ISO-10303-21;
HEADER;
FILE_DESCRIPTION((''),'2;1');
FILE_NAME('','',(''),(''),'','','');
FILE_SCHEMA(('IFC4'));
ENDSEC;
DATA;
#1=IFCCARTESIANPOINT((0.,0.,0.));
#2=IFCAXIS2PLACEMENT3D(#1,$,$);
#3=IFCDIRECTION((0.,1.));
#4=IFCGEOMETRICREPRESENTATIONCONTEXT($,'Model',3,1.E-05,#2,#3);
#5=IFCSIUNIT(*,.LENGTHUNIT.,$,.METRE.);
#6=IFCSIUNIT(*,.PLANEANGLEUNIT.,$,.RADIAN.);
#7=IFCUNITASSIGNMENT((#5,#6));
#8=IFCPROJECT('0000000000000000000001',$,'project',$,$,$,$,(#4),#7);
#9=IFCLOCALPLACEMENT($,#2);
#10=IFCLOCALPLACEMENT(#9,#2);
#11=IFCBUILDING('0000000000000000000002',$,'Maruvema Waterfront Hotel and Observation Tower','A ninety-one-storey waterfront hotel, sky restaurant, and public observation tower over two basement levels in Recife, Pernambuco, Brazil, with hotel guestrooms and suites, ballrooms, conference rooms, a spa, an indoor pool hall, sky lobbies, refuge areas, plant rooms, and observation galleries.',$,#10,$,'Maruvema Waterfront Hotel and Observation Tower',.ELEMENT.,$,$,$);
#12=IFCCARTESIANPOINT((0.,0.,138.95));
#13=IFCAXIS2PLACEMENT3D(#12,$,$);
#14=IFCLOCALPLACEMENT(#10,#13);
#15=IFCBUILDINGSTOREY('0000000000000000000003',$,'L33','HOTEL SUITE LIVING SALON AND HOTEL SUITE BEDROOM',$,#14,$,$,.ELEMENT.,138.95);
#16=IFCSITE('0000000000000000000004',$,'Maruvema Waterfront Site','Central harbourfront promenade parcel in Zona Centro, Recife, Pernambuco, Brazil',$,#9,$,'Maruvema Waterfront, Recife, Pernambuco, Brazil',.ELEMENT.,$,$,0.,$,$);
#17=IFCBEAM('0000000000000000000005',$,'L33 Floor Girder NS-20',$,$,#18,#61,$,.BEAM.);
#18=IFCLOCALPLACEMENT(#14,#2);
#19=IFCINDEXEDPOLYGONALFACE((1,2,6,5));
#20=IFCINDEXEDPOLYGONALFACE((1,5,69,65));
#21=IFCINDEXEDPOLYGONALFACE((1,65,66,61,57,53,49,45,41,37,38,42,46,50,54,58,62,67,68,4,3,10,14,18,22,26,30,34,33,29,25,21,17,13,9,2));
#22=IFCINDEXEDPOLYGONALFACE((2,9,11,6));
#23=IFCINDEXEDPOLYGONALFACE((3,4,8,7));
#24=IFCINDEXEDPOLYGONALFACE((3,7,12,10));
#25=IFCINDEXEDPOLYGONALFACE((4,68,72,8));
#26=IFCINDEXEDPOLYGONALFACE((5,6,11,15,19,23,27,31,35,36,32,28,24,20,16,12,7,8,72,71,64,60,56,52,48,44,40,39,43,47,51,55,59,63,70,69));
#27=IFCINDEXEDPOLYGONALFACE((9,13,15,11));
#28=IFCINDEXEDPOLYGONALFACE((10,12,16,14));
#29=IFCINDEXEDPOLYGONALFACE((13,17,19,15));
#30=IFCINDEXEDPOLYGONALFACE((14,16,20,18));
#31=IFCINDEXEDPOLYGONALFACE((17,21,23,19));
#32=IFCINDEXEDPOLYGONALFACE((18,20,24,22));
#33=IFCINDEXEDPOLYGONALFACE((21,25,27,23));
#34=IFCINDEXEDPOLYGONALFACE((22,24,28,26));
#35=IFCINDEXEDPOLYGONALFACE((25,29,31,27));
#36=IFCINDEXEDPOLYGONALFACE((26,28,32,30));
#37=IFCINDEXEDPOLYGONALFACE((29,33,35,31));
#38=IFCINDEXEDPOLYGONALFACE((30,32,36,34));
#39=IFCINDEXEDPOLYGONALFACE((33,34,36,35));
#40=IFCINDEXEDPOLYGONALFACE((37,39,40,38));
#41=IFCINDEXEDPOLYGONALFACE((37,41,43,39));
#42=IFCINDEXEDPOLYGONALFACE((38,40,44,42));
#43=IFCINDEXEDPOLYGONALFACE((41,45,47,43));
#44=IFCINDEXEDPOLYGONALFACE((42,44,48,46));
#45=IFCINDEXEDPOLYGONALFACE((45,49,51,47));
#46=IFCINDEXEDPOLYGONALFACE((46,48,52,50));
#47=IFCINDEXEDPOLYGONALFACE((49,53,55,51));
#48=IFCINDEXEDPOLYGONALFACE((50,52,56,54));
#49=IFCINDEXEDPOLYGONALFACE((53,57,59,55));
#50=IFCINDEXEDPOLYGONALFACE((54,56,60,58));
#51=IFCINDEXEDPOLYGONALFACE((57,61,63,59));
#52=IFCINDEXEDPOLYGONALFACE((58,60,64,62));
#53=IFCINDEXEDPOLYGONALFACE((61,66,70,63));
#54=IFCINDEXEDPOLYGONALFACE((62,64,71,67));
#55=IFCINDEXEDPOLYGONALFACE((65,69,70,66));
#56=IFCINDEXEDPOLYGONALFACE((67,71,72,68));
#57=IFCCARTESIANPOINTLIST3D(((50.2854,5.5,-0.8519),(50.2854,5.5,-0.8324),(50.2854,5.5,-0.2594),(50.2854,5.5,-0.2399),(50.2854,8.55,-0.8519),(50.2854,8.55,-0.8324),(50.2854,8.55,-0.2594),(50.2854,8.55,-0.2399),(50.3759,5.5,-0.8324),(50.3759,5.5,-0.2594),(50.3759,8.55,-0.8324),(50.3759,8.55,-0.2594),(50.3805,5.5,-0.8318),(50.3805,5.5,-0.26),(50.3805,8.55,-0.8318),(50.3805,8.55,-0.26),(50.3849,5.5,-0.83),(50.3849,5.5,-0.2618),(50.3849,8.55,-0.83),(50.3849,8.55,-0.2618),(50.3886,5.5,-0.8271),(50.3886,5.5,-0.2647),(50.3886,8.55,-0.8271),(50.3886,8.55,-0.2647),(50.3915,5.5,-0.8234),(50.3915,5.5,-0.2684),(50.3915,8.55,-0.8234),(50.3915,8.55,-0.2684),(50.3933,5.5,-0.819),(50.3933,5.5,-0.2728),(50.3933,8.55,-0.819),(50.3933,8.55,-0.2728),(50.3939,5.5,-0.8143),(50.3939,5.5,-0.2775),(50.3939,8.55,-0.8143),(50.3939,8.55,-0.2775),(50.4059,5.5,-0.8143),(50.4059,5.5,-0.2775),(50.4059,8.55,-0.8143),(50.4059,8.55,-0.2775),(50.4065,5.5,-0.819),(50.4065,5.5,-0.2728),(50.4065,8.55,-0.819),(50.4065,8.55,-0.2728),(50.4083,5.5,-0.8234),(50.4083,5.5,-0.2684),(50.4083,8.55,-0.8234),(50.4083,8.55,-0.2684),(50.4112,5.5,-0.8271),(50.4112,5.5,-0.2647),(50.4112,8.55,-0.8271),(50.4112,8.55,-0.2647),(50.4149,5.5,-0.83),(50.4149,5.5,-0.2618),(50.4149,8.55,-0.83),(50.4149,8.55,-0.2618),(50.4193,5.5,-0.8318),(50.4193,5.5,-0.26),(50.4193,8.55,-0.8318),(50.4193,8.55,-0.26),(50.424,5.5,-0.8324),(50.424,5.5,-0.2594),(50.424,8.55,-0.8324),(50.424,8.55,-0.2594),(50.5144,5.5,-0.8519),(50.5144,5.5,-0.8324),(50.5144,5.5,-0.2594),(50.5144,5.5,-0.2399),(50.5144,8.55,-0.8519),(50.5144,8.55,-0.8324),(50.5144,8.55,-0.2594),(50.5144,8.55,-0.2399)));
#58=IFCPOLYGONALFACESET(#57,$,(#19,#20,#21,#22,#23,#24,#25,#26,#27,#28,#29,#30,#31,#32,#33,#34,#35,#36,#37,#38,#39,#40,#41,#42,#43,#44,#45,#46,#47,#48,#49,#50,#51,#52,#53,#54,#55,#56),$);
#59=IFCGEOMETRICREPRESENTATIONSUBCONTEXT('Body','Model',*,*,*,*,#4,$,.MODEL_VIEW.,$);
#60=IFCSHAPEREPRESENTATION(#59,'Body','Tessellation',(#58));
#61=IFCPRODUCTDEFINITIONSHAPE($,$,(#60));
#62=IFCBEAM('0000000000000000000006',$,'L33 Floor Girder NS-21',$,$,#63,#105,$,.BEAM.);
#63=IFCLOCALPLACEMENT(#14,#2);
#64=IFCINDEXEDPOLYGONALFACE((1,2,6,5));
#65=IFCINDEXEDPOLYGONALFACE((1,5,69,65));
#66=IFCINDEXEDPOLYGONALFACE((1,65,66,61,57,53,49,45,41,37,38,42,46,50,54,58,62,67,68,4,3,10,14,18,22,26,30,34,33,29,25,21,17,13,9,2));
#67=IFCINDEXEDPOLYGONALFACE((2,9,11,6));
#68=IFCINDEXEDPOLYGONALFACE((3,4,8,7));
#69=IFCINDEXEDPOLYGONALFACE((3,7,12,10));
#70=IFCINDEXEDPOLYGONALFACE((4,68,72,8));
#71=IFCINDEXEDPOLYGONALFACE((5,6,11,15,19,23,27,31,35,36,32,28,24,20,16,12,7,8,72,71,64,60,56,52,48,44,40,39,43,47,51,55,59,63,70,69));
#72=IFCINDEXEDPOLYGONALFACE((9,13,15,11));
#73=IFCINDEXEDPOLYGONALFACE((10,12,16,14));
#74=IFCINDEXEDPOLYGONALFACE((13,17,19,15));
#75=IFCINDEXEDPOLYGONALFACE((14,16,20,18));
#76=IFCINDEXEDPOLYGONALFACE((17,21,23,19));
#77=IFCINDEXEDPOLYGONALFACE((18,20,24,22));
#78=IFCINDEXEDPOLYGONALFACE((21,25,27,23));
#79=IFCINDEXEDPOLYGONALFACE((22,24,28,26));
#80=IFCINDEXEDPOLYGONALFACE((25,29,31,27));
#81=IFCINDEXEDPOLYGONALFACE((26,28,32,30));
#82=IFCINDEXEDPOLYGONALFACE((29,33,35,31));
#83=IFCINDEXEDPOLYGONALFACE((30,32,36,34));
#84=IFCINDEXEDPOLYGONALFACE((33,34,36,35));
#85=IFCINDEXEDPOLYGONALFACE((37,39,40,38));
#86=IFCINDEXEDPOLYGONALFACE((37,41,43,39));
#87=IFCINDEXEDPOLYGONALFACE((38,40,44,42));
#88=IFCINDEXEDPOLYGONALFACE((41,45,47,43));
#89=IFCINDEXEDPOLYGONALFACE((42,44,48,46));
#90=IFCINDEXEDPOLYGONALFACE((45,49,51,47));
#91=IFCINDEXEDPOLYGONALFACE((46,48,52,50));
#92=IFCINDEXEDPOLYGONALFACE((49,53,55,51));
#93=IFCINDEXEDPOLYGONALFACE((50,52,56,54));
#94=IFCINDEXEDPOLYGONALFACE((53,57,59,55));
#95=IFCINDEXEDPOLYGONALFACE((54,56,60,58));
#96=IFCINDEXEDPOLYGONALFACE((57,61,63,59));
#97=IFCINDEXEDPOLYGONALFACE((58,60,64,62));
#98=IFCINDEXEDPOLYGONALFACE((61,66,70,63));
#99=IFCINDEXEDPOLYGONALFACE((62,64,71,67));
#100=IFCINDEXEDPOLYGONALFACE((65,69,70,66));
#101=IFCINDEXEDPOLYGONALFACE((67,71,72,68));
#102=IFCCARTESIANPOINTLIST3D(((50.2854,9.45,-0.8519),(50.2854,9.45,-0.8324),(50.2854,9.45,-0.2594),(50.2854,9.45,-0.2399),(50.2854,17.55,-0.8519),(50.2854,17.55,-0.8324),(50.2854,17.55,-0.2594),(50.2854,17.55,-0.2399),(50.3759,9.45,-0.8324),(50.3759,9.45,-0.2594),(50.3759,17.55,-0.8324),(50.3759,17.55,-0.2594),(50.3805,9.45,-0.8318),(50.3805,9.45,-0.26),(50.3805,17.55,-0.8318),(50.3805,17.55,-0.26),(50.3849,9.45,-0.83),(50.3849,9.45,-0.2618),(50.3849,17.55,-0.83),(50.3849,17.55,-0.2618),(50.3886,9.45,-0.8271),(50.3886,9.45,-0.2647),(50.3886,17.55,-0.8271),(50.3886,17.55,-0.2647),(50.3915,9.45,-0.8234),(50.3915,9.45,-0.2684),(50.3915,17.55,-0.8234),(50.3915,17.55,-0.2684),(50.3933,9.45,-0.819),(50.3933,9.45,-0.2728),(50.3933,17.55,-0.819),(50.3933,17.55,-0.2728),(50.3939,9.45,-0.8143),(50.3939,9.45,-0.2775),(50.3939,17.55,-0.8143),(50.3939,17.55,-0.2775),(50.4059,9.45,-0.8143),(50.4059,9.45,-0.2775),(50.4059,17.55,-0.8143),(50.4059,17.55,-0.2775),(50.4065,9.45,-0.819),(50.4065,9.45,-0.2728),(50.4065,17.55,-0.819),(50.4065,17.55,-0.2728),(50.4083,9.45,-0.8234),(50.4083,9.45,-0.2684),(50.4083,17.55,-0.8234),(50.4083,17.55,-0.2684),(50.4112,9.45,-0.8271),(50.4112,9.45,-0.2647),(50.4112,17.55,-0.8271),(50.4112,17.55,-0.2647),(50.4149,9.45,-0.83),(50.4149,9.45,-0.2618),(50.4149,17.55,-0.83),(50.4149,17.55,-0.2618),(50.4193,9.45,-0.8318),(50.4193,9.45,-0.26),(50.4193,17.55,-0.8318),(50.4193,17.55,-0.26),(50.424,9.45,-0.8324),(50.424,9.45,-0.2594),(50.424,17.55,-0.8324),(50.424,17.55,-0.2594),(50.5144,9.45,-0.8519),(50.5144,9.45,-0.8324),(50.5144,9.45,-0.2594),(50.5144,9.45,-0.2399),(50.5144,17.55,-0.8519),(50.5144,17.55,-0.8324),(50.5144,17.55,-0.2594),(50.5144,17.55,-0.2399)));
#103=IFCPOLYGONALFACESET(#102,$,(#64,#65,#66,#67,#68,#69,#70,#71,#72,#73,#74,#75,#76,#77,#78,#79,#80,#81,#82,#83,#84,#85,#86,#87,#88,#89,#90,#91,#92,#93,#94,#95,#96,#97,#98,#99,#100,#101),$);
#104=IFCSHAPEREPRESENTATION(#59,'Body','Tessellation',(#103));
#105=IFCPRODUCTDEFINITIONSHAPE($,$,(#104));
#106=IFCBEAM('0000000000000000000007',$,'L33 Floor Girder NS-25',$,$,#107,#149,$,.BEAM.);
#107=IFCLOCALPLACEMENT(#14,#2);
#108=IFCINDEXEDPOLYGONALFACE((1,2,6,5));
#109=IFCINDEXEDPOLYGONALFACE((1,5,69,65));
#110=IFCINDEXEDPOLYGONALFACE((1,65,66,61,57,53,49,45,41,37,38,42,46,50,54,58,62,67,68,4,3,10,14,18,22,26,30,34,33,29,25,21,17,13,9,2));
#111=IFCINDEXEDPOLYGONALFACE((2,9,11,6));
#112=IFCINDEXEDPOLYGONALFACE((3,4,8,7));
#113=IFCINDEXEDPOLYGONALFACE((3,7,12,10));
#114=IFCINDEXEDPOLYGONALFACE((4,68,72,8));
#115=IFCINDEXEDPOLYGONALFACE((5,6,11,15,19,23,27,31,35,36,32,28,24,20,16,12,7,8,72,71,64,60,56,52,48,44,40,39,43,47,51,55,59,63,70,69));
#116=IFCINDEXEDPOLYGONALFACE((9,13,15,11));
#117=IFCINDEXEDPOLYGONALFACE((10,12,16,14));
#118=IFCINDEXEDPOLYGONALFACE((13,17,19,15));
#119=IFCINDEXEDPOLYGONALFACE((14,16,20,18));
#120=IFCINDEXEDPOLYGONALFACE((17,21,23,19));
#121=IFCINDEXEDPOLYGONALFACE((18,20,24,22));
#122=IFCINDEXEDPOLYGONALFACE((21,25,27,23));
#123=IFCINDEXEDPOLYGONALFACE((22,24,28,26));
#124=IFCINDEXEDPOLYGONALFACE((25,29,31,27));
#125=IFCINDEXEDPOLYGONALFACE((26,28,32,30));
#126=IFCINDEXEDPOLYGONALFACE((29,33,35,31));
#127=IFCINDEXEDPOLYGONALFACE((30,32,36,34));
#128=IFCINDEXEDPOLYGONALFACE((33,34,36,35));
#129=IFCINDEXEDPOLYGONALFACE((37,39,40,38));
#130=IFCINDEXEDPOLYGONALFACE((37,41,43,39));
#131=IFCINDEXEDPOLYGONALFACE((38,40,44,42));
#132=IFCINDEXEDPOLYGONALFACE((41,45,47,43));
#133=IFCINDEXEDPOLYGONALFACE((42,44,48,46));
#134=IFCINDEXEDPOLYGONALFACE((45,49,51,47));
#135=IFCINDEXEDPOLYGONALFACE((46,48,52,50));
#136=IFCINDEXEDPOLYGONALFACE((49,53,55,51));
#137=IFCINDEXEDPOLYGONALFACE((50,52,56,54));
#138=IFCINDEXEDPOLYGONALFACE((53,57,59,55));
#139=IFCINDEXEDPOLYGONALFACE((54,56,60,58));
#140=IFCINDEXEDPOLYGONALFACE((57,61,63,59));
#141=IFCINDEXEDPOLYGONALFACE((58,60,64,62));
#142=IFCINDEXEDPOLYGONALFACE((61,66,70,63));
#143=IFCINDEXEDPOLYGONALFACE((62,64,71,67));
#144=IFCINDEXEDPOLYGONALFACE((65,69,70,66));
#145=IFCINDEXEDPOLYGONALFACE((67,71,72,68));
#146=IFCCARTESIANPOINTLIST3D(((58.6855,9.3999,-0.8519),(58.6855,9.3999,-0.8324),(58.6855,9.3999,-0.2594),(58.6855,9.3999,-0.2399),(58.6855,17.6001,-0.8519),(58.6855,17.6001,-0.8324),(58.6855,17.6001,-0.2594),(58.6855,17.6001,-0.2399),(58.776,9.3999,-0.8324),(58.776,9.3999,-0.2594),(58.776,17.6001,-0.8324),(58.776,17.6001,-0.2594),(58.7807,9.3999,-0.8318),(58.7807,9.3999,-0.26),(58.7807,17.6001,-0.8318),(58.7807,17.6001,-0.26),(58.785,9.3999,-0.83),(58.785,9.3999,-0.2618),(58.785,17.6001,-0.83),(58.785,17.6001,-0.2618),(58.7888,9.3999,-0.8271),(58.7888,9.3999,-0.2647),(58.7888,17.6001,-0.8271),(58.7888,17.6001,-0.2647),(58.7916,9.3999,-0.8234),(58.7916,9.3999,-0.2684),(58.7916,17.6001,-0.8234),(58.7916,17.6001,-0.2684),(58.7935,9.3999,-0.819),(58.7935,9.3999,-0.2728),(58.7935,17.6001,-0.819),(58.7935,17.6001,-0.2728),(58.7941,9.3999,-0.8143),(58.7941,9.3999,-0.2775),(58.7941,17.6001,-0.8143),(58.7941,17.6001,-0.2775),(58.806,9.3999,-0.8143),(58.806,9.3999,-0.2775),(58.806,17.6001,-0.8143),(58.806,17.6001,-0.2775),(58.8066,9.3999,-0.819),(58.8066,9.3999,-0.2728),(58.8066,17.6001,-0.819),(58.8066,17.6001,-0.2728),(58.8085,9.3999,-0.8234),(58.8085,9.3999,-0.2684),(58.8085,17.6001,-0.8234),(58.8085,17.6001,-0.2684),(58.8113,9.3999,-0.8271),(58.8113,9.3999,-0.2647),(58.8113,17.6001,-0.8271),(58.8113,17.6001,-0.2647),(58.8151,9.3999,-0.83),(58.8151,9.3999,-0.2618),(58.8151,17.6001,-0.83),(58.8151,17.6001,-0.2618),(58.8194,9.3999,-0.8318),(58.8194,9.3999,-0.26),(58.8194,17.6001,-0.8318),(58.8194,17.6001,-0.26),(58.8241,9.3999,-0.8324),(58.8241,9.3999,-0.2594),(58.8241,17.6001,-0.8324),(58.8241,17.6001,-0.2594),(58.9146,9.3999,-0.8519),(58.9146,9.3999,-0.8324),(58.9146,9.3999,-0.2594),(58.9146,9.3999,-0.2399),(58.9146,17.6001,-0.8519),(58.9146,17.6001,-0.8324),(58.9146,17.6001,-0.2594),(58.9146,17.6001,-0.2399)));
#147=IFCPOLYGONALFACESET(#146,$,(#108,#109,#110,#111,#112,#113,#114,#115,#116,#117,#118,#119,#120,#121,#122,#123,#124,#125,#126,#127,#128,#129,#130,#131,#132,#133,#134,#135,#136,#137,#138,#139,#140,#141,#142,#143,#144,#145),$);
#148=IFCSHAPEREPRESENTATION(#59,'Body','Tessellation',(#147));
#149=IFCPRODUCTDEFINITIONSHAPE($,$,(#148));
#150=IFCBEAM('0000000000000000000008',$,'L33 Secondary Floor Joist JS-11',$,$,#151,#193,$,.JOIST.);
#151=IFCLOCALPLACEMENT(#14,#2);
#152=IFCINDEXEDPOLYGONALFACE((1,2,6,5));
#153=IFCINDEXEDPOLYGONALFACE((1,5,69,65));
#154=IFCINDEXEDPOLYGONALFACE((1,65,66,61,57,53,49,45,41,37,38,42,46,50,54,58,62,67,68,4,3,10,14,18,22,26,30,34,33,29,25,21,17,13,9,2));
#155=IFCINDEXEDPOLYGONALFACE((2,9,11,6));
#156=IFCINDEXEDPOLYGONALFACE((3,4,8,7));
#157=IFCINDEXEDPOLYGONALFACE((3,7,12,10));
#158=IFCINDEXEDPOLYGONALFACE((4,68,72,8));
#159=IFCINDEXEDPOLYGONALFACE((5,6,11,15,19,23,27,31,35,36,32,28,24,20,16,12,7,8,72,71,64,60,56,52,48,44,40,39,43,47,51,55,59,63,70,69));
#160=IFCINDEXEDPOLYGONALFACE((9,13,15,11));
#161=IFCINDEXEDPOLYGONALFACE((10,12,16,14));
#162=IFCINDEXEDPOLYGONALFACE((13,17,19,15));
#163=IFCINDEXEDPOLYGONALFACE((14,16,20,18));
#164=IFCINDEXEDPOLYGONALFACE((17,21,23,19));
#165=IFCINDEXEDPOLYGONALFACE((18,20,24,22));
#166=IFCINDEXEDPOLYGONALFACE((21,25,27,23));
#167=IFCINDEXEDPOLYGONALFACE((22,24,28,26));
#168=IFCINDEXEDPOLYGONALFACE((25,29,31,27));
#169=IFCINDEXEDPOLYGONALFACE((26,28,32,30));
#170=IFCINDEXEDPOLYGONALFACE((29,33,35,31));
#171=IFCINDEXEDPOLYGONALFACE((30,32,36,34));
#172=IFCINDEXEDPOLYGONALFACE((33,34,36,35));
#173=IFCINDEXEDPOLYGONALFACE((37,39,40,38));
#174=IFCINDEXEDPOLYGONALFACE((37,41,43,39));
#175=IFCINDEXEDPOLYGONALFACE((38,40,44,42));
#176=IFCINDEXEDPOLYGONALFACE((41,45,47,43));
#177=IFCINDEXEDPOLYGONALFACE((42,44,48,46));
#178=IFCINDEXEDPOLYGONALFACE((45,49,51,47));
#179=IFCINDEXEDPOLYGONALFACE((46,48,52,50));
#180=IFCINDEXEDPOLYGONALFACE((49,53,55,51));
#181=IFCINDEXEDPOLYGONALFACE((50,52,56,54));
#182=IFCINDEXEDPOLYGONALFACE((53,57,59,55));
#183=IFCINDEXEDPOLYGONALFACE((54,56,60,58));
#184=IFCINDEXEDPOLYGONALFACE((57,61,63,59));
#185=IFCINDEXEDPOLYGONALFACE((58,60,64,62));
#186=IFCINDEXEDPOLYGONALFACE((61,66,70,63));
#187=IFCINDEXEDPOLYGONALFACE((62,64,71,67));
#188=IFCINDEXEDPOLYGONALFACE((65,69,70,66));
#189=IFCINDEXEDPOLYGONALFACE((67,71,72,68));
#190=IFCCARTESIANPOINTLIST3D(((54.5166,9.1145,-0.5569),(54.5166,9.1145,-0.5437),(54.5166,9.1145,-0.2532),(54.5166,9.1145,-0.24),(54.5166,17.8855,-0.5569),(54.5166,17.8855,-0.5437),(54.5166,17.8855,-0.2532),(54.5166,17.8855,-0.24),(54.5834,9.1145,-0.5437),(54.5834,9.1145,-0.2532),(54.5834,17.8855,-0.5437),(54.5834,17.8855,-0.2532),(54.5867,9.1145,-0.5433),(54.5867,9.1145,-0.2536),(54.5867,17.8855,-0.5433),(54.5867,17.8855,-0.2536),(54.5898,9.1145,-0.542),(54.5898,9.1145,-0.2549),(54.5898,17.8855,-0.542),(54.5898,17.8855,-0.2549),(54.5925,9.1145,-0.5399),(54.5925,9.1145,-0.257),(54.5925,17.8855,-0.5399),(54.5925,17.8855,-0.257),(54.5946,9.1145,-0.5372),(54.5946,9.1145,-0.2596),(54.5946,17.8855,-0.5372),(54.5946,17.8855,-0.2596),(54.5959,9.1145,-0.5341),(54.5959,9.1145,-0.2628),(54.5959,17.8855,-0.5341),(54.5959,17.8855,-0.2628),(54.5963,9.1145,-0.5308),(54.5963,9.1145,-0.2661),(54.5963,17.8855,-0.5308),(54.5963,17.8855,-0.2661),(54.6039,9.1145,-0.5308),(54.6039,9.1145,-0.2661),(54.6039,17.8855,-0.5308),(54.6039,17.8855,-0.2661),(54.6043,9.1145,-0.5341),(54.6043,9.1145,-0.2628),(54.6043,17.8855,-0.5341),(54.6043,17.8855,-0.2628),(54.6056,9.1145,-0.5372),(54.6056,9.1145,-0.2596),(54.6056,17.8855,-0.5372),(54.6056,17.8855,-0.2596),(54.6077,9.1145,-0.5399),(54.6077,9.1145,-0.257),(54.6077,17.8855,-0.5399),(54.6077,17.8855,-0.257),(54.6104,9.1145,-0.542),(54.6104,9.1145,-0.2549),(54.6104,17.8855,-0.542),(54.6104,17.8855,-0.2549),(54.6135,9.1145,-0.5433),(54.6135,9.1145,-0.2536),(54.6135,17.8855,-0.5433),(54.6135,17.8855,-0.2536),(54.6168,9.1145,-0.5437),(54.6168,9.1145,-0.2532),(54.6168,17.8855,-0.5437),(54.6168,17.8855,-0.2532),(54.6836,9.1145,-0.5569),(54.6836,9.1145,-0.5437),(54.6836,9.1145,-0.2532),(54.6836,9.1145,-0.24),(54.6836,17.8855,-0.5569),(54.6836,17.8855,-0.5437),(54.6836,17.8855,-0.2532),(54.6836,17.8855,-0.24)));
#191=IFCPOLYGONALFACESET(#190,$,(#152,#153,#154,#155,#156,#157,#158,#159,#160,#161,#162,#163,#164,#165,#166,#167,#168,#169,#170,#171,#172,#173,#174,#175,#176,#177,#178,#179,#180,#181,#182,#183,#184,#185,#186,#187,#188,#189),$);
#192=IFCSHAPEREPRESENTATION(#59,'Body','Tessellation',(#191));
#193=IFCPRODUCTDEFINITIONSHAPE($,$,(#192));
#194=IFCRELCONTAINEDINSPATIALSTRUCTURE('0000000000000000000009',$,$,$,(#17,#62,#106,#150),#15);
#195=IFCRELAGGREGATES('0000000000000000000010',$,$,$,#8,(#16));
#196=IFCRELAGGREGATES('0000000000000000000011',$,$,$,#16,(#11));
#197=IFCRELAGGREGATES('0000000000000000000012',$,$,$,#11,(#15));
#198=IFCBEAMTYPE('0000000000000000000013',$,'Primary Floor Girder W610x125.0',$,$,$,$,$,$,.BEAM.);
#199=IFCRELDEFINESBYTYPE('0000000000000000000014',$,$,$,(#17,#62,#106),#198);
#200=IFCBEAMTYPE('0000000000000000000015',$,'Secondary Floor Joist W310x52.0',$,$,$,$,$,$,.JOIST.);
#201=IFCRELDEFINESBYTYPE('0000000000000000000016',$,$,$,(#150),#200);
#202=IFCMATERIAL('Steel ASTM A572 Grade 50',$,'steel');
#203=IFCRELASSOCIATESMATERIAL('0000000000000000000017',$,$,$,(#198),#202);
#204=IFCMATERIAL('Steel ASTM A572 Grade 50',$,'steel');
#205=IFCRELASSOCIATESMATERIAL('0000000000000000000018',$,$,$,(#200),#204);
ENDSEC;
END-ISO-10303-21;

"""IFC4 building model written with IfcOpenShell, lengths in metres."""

from ifc_helpers import new_model, si_unit, direction, frame, origin, origin_2d, place, context, subcontext, project, spatial, i_section, extrude, material, material_profile, profile_set, type_object, element, save


model = new_model("IFC4")

# Units and contexts
model_context = context("Model", 3, precision=1e-05, world=origin(), true_north=direction((0.0, 1.0)))
body_context = subcontext(model_context, "Body", "Model", "MODEL_VIEW")
ifc_project = project(units=[si_unit("LENGTHUNIT", "METRE"), si_unit("PLANEANGLEUNIT", "RADIAN")], contexts=[model_context])

# Site, building, storey
site_placement = place(None, origin())
site = spatial("IfcSite", under=ifc_project, at=site_placement, Name="Maruvema Waterfront Site", Description="Central harbourfront promenade parcel in Zona Centro, Recife, Pernambuco, Brazil", LongName="Maruvema Waterfront, Recife, Pernambuco, Brazil", CompositionType="ELEMENT", RefElevation=0.0)
building_placement = place(site_placement, origin())
building = spatial("IfcBuilding", under=site, at=building_placement, Name="Maruvema Waterfront Hotel and Observation Tower", Description="A ninety-one-storey waterfront hotel, sky restaurant, and public observation tower over two basement levels in Recife, Pernambuco, Brazil, with hotel guestrooms and suites, ballrooms, conference rooms, a spa, an indoor pool hall, sky lobbies, refuge areas, plant rooms, and observation galleries.", LongName="Maruvema Waterfront Hotel and Observation Tower", CompositionType="ELEMENT")
storey_placement = place(building_placement, frame((0.0, 0.0, 138.95)))
storey = spatial("IfcBuildingStorey", under=building, at=storey_placement, Name="L33", Description="HOTEL SUITE LIVING SALON AND HOTEL SUITE BEDROOM", CompositionType="ELEMENT", Elevation=138.95)

# Beams
ifc_material_1 = material(Name="Steel ASTM A572 Grade 50", Category="steel")
ifc_material_profile_1 = material_profile(ifc_material_1, i_section(OverallWidth=0.229, OverallDepth=0.6121, WebThickness=0.012, FlangeThickness=0.0195, FilletRadius=0.0181, at=origin_2d()), Name="W610x125.0")
ifc_profile_set_1 = profile_set([ifc_material_profile_1], Name="Steel ASTM A572 Grade 50")
beam_type_1 = type_object("IfcBeamType", Name="Primary Floor Girder W610x125.0", PredefinedType="BEAM", material=ifc_profile_set_1)
beam_1_placement = place(storey_placement, frame((50.3999, 5.5, -0.5459), z_axis=(0.0, 1.0, 0.0), x_axis=(-1.0, 0.0, 0.0)))
element("IfcBeam", 1, at=beam_1_placement, inside=storey, type_object=beam_type_1, Name="L33 Floor Girder NS-20", PredefinedType="BEAM", context=body_context, shape_type="SweptSolid", body=[
    extrude(i_section(OverallWidth=0.229, OverallDepth=0.6121, WebThickness=0.012, FlangeThickness=0.0195, FilletRadius=0.0181, at=origin_2d()), origin(), (0.0, 0.0, 1.0), 3.05),
])
beam_2_placement = place(storey_placement, frame((50.3999, 9.45, -0.5459), z_axis=(0.0, 1.0, 0.0), x_axis=(-1.0, 0.0, 0.0)))
element("IfcBeam", 2, at=beam_2_placement, inside=storey, type_object=beam_type_1, Name="L33 Floor Girder NS-21", PredefinedType="BEAM", context=body_context, shape_type="SweptSolid", body=[
    extrude(i_section(OverallWidth=0.229, OverallDepth=0.6121, WebThickness=0.012, FlangeThickness=0.0195, FilletRadius=0.0181, at=origin_2d()), origin(), (0.0, 0.0, 1.0), 8.1001),
])
beam_3_placement = place(storey_placement, frame((58.8, 9.3999, -0.5459), z_axis=(0.0, 1.0, 0.0), x_axis=(-1.0, 0.0, 0.0)))
element("IfcBeam", 3, at=beam_3_placement, inside=storey, type_object=beam_type_1, Name="L33 Floor Girder NS-25", PredefinedType="BEAM", context=body_context, shape_type="SweptSolid", body=[
    extrude(i_section(OverallWidth=0.229, OverallDepth=0.6121, WebThickness=0.012, FlangeThickness=0.0195, FilletRadius=0.0181, at=origin_2d()), origin(), (0.0, 0.0, 1.0), 8.2002),
])
ifc_material_2 = material(Name="Steel ASTM A572 Grade 50", Category="steel")
ifc_material_profile_2 = material_profile(ifc_material_2, i_section(OverallWidth=0.167, OverallDepth=0.3169, WebThickness=0.0076, FlangeThickness=0.0132, FilletRadius=0.0129, at=origin_2d()), Name="W310x52.0")
ifc_profile_set_2 = profile_set([ifc_material_profile_2], Name="Steel ASTM A572 Grade 50")
beam_type_2 = type_object("IfcBeamType", Name="Secondary Floor Joist W310x52.0", PredefinedType="JOIST", material=ifc_profile_set_2)
beam_4_placement = place(storey_placement, frame((54.6001, 9.1145, -0.3984), z_axis=(0.0, 1.0, 0.0), x_axis=(-1.0, 0.0, 0.0)))
element("IfcBeam", 4, at=beam_4_placement, inside=storey, type_object=beam_type_2, Name="L33 Secondary Floor Joist JS-11", PredefinedType="JOIST", context=body_context, shape_type="SweptSolid", body=[
    extrude(i_section(OverallWidth=0.167, OverallDepth=0.3169, WebThickness=0.0076, FlangeThickness=0.0132, FilletRadius=0.0129, at=origin_2d()), origin(), (0.0, 0.0, 1.0), 8.771),
])

save(model, "model.ifc")
